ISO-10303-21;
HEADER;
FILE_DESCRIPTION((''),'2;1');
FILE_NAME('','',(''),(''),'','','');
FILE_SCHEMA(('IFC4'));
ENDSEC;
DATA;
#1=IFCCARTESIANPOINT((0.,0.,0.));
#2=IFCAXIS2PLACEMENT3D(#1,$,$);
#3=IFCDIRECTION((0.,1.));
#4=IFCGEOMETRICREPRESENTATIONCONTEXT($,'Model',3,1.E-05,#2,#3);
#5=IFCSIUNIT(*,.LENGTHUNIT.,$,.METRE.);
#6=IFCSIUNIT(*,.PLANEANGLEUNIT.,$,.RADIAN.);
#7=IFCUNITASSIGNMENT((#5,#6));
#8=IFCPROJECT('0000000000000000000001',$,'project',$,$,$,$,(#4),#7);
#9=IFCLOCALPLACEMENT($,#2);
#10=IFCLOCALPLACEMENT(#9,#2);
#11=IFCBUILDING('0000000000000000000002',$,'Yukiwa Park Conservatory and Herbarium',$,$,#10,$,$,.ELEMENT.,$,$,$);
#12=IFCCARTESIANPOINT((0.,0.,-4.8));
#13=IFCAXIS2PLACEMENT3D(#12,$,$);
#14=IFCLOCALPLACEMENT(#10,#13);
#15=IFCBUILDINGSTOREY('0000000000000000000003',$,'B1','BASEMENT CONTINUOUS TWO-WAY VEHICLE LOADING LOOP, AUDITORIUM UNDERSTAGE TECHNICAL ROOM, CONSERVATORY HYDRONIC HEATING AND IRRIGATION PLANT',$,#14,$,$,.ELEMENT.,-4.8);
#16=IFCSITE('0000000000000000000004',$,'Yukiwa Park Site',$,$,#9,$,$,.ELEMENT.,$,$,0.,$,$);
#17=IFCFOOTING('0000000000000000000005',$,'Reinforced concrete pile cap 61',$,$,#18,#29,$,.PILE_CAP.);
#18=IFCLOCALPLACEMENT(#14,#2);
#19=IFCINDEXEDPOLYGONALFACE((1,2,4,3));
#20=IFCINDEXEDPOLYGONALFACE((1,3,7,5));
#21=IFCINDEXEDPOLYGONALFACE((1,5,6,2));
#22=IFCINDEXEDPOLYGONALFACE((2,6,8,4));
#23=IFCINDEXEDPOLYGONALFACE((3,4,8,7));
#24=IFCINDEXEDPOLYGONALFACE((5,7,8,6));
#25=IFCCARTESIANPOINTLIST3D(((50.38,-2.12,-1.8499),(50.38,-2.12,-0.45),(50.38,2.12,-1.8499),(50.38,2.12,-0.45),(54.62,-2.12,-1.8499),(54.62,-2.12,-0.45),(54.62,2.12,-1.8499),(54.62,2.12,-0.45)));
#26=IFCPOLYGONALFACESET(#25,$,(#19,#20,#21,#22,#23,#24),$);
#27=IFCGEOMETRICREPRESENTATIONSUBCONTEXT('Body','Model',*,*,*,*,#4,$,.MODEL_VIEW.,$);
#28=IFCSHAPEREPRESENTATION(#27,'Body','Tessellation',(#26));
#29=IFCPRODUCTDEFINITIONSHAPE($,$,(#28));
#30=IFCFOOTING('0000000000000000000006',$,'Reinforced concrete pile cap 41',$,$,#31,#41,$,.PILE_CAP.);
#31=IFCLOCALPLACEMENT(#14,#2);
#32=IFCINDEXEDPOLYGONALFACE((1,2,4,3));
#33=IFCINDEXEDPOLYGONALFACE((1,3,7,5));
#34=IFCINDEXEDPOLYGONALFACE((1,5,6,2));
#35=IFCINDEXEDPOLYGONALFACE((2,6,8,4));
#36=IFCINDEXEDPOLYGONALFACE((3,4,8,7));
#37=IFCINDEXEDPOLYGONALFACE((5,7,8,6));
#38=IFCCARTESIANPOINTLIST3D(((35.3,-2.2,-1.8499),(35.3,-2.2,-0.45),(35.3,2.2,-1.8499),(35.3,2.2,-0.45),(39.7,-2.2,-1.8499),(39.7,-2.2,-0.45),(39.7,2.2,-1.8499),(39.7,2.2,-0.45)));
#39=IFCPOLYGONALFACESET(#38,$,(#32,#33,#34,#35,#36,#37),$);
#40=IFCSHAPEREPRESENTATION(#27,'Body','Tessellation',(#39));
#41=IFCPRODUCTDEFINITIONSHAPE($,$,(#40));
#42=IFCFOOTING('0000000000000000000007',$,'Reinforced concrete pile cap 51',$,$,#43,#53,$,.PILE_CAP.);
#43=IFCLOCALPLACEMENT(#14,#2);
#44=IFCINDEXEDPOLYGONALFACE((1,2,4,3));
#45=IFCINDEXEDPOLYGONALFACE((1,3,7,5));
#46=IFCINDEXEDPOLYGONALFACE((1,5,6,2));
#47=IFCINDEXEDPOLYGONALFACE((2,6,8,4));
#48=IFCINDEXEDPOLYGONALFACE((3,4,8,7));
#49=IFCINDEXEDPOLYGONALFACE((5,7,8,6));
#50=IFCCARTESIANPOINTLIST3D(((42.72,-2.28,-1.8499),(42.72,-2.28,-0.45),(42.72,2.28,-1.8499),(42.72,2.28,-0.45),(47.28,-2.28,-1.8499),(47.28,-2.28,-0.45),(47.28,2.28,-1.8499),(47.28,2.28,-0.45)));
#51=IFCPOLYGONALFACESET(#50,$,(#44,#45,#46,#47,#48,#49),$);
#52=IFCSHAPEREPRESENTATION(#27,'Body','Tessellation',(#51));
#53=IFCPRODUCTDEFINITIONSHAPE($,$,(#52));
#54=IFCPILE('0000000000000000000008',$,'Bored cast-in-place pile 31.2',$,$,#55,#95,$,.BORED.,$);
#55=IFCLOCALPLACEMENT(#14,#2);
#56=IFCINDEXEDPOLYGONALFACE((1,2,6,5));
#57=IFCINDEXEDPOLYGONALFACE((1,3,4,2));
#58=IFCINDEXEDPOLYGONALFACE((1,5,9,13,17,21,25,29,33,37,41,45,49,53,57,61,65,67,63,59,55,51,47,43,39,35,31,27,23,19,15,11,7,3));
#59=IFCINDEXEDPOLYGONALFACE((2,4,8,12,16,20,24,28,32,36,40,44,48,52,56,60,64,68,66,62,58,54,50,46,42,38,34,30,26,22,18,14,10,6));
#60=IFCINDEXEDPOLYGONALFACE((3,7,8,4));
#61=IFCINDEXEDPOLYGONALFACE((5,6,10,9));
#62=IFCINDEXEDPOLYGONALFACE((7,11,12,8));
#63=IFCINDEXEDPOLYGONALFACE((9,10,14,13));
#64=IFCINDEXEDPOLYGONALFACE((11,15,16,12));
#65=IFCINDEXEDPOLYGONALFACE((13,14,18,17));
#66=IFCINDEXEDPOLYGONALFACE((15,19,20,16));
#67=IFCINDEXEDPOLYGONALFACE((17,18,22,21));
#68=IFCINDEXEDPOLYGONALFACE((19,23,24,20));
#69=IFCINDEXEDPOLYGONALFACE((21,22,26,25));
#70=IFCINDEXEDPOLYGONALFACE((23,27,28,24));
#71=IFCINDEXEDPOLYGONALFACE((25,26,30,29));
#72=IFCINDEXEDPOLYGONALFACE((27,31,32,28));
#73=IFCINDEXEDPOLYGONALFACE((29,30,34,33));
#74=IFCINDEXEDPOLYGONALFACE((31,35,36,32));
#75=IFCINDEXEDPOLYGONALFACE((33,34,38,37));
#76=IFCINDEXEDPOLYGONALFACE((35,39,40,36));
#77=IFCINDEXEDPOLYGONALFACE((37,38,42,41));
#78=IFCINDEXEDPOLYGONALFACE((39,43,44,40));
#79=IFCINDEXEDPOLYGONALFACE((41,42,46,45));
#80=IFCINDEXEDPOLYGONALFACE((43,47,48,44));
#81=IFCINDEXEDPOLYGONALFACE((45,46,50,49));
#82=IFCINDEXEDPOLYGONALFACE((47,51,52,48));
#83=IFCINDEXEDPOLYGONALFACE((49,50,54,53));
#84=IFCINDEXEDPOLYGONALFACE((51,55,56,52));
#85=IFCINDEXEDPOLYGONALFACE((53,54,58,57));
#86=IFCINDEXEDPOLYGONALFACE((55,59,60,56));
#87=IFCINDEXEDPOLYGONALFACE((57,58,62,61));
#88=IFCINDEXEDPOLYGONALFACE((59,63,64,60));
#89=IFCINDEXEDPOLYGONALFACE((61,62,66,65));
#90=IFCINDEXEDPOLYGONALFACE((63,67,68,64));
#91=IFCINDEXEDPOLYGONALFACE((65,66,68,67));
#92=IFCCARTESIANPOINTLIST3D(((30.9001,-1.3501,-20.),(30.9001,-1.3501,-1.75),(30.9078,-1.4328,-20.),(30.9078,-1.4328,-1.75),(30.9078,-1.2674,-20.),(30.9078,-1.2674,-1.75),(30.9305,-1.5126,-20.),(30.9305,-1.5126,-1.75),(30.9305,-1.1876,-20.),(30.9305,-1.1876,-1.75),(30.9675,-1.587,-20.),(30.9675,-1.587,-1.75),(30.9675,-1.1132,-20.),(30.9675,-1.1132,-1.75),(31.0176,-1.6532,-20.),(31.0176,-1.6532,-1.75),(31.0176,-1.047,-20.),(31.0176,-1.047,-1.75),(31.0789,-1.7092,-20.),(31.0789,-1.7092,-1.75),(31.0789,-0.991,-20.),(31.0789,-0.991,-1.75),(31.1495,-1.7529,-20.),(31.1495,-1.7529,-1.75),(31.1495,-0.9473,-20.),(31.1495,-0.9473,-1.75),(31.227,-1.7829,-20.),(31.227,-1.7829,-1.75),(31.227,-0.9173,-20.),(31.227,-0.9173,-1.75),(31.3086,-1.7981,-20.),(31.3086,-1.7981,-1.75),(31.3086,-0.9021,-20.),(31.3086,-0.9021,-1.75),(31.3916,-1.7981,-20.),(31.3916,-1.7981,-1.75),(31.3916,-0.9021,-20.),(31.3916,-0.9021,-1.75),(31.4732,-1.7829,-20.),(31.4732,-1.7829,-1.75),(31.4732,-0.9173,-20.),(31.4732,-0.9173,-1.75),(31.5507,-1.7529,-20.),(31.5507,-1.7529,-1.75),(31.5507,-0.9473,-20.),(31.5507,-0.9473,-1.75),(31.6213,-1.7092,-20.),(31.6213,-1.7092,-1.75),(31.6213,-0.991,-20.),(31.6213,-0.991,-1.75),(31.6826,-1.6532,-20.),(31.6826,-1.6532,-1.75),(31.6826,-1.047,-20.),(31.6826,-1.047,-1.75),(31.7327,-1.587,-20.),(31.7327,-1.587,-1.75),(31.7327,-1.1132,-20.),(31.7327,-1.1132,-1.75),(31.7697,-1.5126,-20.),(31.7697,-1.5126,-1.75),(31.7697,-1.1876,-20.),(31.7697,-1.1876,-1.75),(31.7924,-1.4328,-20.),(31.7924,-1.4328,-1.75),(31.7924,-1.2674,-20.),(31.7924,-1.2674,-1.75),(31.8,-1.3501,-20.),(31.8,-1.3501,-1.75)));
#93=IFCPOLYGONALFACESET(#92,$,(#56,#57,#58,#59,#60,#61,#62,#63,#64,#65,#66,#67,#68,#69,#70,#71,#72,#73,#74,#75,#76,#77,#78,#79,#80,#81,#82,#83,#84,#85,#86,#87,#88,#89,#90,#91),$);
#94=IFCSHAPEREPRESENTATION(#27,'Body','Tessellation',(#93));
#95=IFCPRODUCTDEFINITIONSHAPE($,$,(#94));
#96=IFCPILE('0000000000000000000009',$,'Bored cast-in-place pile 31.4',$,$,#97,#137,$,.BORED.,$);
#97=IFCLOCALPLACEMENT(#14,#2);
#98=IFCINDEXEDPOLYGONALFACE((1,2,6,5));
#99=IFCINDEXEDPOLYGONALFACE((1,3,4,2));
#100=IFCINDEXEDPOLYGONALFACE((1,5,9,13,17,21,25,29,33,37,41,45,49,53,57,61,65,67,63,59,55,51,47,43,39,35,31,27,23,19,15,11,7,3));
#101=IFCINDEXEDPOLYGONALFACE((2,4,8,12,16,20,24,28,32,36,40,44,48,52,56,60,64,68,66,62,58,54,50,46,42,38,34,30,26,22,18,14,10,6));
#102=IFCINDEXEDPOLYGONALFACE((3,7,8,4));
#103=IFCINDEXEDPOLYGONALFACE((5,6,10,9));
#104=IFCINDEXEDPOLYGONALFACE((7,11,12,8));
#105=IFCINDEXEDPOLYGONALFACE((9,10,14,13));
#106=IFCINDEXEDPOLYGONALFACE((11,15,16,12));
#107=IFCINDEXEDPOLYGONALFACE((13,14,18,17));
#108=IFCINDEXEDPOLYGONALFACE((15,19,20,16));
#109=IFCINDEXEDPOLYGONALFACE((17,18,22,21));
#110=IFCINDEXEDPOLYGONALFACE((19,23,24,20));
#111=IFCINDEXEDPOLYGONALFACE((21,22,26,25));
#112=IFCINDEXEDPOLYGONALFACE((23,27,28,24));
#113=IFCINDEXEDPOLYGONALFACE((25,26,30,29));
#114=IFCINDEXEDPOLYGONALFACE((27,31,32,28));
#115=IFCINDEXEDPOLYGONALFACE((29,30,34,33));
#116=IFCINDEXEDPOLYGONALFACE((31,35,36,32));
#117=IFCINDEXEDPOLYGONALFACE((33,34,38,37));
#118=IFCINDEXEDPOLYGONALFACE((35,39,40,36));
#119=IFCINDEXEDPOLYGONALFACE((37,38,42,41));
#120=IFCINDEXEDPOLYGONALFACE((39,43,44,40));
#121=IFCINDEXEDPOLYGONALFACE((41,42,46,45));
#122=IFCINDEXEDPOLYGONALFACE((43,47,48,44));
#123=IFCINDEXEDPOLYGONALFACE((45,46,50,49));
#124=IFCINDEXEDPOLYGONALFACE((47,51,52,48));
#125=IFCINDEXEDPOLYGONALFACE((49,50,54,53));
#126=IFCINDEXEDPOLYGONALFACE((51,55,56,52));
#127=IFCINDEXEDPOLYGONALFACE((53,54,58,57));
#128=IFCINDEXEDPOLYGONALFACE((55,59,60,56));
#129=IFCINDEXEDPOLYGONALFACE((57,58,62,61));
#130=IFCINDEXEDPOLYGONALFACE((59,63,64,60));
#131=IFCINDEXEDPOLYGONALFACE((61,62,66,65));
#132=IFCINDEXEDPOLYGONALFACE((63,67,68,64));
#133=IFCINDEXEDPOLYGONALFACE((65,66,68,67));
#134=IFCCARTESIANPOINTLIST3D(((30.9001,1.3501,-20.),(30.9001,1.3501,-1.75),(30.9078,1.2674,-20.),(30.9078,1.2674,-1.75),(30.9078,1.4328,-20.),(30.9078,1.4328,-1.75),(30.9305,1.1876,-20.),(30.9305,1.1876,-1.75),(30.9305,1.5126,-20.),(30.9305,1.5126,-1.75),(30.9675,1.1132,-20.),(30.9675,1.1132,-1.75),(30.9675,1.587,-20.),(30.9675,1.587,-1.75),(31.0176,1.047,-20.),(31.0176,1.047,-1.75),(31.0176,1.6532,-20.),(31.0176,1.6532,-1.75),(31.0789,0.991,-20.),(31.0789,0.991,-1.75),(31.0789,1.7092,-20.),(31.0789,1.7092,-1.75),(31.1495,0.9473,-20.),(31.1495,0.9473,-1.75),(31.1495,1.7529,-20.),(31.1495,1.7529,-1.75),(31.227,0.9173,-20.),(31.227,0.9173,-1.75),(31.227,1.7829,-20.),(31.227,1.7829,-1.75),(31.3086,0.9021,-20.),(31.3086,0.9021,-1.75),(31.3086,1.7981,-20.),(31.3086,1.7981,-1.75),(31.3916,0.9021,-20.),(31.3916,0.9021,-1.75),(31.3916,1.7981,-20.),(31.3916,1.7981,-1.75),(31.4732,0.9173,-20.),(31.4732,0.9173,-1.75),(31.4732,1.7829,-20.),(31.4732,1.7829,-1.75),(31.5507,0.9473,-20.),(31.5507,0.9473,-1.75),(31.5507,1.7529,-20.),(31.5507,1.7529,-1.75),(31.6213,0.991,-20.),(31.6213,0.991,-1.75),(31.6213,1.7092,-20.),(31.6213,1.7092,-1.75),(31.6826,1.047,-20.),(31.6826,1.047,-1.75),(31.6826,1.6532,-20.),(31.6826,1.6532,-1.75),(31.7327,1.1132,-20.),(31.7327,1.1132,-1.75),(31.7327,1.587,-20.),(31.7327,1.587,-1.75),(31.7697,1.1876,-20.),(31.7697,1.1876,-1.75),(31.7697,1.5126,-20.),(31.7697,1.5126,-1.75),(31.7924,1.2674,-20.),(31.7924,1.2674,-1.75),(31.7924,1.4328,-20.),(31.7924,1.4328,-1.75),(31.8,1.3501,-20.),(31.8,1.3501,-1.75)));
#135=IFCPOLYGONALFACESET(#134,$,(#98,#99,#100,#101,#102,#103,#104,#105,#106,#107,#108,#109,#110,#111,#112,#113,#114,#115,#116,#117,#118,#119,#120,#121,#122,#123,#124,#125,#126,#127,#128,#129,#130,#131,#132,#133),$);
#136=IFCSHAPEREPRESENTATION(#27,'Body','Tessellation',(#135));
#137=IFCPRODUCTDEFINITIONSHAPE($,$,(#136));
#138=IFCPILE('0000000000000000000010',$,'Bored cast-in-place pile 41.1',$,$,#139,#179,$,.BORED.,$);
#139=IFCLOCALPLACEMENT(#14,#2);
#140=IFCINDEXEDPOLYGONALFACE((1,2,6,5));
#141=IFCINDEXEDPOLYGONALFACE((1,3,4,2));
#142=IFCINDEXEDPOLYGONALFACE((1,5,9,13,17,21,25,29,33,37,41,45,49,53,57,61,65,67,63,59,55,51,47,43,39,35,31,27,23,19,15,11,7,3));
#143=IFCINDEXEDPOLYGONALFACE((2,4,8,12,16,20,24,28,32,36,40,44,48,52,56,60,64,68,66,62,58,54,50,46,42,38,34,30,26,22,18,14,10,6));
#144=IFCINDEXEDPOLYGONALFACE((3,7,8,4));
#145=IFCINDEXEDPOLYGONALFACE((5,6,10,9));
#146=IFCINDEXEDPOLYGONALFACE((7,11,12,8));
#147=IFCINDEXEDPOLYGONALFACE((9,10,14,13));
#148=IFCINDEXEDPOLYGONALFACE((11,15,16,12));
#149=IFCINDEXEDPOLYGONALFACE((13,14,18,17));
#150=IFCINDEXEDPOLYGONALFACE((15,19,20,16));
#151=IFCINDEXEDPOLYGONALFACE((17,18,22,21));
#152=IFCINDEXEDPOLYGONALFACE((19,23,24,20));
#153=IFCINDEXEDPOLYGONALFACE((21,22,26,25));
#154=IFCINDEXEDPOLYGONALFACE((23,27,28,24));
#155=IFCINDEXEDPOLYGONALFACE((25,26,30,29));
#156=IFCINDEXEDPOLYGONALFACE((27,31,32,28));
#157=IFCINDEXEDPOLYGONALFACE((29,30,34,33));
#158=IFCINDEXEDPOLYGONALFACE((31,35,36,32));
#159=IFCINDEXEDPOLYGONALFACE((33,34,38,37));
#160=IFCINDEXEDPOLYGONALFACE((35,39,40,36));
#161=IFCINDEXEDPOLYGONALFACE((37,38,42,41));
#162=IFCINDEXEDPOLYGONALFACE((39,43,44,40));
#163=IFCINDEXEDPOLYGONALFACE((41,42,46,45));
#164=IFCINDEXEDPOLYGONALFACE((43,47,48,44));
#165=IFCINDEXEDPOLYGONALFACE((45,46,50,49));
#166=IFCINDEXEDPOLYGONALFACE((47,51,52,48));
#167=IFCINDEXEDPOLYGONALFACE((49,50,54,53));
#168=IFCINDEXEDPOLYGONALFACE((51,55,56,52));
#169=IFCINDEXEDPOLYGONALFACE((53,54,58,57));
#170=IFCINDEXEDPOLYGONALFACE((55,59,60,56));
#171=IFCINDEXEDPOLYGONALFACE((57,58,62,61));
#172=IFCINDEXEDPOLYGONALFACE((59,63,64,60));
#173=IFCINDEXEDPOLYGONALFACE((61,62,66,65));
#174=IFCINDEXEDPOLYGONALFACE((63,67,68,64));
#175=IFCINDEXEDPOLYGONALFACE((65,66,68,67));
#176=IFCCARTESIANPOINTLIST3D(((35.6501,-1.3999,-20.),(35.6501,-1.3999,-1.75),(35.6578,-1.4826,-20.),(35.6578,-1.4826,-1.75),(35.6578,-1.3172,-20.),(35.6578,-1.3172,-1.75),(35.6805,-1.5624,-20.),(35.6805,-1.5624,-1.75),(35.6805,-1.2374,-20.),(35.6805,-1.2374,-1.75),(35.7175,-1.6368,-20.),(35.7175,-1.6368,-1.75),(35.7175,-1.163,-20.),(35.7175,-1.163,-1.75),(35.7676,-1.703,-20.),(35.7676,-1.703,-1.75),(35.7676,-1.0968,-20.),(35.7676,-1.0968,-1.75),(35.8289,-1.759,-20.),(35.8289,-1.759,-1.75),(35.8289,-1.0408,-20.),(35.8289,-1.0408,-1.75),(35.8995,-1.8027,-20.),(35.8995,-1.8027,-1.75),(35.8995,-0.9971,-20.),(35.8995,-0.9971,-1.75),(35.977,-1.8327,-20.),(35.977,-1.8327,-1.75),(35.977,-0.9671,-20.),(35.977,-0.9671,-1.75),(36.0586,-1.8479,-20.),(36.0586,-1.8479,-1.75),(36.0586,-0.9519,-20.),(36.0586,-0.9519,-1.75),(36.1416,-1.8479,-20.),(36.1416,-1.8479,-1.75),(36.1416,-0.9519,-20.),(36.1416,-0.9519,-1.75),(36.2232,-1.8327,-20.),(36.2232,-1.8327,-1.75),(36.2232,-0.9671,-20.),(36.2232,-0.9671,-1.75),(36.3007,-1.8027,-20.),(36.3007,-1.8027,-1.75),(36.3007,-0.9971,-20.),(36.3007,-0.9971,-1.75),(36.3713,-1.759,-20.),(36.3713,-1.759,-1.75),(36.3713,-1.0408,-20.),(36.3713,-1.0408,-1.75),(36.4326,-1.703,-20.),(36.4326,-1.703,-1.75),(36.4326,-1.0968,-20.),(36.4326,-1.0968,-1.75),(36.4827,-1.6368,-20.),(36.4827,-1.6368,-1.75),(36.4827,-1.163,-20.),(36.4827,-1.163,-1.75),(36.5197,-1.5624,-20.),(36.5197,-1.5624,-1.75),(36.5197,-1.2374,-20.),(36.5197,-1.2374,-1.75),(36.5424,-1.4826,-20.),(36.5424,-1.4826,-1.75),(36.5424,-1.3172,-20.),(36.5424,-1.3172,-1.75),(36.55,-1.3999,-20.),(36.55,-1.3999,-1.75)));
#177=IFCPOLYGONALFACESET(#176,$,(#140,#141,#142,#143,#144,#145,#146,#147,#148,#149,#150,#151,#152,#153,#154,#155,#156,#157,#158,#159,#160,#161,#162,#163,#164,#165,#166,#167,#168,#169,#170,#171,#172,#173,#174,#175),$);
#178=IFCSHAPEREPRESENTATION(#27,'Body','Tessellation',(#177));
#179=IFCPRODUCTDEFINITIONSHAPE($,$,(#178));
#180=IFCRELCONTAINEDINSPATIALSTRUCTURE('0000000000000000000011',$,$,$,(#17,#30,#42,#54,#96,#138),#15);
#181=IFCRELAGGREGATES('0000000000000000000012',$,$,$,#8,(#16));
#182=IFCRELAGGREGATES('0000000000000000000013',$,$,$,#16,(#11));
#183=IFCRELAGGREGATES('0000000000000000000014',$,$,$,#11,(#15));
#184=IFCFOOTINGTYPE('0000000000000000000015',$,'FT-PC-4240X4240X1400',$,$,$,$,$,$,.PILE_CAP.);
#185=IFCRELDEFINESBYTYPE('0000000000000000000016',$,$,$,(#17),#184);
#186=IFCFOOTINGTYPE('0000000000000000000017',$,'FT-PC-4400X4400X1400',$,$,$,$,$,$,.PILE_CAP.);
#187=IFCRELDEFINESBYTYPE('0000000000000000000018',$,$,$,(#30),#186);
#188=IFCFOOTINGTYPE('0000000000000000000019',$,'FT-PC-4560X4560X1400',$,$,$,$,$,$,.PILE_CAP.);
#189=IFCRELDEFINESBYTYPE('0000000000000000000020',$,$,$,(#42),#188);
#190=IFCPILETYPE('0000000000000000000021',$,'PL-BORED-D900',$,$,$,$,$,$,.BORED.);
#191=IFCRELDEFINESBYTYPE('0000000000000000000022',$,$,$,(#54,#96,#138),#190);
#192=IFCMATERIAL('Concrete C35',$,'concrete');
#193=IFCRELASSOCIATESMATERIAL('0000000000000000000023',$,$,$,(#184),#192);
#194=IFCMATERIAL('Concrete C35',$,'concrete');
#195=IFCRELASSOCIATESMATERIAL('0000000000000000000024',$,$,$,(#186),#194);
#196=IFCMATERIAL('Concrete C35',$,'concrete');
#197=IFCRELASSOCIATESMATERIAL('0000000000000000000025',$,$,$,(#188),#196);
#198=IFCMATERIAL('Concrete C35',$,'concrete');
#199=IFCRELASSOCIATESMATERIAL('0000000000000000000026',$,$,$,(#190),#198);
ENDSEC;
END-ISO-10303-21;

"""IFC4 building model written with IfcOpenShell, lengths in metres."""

from ifc_helpers import new_model, si_unit, direction, frame, origin, origin_2d, place, context, subcontext, project, spatial, rectangle, circle, extrude, material, material_profile, profile_set, type_object, element, save


model = new_model("IFC4")

# Units and contexts
model_context = context("Model", 3, precision=1e-05, world=origin(), true_north=direction((0.0, 1.0)))
body_context = subcontext(model_context, "Body", "Model", "MODEL_VIEW")
ifc_project = project(units=[si_unit("LENGTHUNIT", "METRE"), si_unit("PLANEANGLEUNIT", "RADIAN")], contexts=[model_context])

# Site, building, storey
site_placement = place(None, origin())
site = spatial("IfcSite", under=ifc_project, at=site_placement, Name="Yukiwa Park Site", CompositionType="ELEMENT", RefElevation=0.0)
building_placement = place(site_placement, origin())
building = spatial("IfcBuilding", under=site, at=building_placement, Name="Yukiwa Park Conservatory and Herbarium", CompositionType="ELEMENT")
storey_placement = place(building_placement, frame((0.0, 0.0, -4.8)))
storey = spatial("IfcBuildingStorey", under=building, at=storey_placement, Name="B1", Description="BASEMENT CONTINUOUS TWO-WAY VEHICLE LOADING LOOP, AUDITORIUM UNDERSTAGE TECHNICAL ROOM, CONSERVATORY HYDRONIC HEATING AND IRRIGATION PLANT", CompositionType="ELEMENT", Elevation=-4.8)

# Footings
ifc_material_1 = material(Name="Concrete C35", Category="concrete")
footing_type_1 = type_object("IfcFootingType", Name="FT-PC-4240X4240X1400", PredefinedType="PILE_CAP", material=ifc_material_1)
footing_1_placement = place(storey_placement, frame((52.5, 0.0, -1.8499), z_axis=(0.0, 0.0, 1.0), x_axis=(1.0, 0.0, 0.0)))
element("IfcFooting", 1, at=footing_1_placement, inside=storey, type_object=footing_type_1, Name="Reinforced concrete pile cap 61", PredefinedType="PILE_CAP", context=body_context, shape_type="SweptSolid", body=[
    extrude(rectangle(XDim=4.24, YDim=4.24, at=origin_2d()), origin(), (0.0, 0.0, 1.0), 1.3999),
])
ifc_material_2 = material(Name="Concrete C35", Category="concrete")
footing_type_2 = type_object("IfcFootingType", Name="FT-PC-4400X4400X1400", PredefinedType="PILE_CAP", material=ifc_material_2)
footing_2_placement = place(storey_placement, frame((37.5, 0.0, -1.8499), z_axis=(0.0, 0.0, 1.0), x_axis=(1.0, 0.0, 0.0)))
element("IfcFooting", 2, at=footing_2_placement, inside=storey, type_object=footing_type_2, Name="Reinforced concrete pile cap 41", PredefinedType="PILE_CAP", context=body_context, shape_type="SweptSolid", body=[
    extrude(rectangle(XDim=4.3999, YDim=4.3999, at=origin_2d()), origin(), (0.0, 0.0, 1.0), 1.3999),
])
ifc_material_3 = material(Name="Concrete C35", Category="concrete")
footing_type_3 = type_object("IfcFootingType", Name="FT-PC-4560X4560X1400", PredefinedType="PILE_CAP", material=ifc_material_3)
footing_3_placement = place(storey_placement, frame((45.0, 0.0, -1.8499), z_axis=(0.0, 0.0, 1.0), x_axis=(1.0, 0.0, 0.0)))
element("IfcFooting", 3, at=footing_3_placement, inside=storey, type_object=footing_type_3, Name="Reinforced concrete pile cap 51", PredefinedType="PILE_CAP", context=body_context, shape_type="SweptSolid", body=[
    extrude(rectangle(XDim=4.5601, YDim=4.5601, at=origin_2d()), origin(), (0.0, 0.0, 1.0), 1.3999),
])

# Piles
ifc_material_4 = material(Name="Concrete C35", Category="concrete")
ifc_material_profile_1 = material_profile(ifc_material_4, circle(Radius=0.45, at=origin_2d()), Name="PILE D900")
ifc_profile_set_1 = profile_set([ifc_material_profile_1], Name="Concrete C35")
pile_type = type_object("IfcPileType", Name="PL-BORED-D900", PredefinedType="BORED", material=ifc_profile_set_1)
for number, where, z_axis, x_axis, name in (
    (4, (31.3501, -1.3501, -1.75), (0.0, 0.0, -1.0), (1.0, 0.0, 0.0), "Bored cast-in-place pile 31.2"),
    (5, (31.3501, 1.3501, -1.75), (0.0, 0.0, -1.0), (1.0, 0.0, 0.0), "Bored cast-in-place pile 31.4"),
    (6, (36.1001, -1.3999, -1.75), (0.0, 0.0, -1.0), (1.0, 0.0, 0.0), "Bored cast-in-place pile 41.1"),
):
    element("IfcPile", number, at=place(storey_placement, frame(where, z_axis=z_axis, x_axis=x_axis)), inside=storey, type_object=pile_type, Name=name, PredefinedType="BORED", context=body_context, shape_type="SweptSolid", body=[
        extrude(circle(Radius=0.45, at=origin_2d()), origin(), (0.0, 0.0, 1.0), 18.25),
    ])

save(model, "model.ifc")
